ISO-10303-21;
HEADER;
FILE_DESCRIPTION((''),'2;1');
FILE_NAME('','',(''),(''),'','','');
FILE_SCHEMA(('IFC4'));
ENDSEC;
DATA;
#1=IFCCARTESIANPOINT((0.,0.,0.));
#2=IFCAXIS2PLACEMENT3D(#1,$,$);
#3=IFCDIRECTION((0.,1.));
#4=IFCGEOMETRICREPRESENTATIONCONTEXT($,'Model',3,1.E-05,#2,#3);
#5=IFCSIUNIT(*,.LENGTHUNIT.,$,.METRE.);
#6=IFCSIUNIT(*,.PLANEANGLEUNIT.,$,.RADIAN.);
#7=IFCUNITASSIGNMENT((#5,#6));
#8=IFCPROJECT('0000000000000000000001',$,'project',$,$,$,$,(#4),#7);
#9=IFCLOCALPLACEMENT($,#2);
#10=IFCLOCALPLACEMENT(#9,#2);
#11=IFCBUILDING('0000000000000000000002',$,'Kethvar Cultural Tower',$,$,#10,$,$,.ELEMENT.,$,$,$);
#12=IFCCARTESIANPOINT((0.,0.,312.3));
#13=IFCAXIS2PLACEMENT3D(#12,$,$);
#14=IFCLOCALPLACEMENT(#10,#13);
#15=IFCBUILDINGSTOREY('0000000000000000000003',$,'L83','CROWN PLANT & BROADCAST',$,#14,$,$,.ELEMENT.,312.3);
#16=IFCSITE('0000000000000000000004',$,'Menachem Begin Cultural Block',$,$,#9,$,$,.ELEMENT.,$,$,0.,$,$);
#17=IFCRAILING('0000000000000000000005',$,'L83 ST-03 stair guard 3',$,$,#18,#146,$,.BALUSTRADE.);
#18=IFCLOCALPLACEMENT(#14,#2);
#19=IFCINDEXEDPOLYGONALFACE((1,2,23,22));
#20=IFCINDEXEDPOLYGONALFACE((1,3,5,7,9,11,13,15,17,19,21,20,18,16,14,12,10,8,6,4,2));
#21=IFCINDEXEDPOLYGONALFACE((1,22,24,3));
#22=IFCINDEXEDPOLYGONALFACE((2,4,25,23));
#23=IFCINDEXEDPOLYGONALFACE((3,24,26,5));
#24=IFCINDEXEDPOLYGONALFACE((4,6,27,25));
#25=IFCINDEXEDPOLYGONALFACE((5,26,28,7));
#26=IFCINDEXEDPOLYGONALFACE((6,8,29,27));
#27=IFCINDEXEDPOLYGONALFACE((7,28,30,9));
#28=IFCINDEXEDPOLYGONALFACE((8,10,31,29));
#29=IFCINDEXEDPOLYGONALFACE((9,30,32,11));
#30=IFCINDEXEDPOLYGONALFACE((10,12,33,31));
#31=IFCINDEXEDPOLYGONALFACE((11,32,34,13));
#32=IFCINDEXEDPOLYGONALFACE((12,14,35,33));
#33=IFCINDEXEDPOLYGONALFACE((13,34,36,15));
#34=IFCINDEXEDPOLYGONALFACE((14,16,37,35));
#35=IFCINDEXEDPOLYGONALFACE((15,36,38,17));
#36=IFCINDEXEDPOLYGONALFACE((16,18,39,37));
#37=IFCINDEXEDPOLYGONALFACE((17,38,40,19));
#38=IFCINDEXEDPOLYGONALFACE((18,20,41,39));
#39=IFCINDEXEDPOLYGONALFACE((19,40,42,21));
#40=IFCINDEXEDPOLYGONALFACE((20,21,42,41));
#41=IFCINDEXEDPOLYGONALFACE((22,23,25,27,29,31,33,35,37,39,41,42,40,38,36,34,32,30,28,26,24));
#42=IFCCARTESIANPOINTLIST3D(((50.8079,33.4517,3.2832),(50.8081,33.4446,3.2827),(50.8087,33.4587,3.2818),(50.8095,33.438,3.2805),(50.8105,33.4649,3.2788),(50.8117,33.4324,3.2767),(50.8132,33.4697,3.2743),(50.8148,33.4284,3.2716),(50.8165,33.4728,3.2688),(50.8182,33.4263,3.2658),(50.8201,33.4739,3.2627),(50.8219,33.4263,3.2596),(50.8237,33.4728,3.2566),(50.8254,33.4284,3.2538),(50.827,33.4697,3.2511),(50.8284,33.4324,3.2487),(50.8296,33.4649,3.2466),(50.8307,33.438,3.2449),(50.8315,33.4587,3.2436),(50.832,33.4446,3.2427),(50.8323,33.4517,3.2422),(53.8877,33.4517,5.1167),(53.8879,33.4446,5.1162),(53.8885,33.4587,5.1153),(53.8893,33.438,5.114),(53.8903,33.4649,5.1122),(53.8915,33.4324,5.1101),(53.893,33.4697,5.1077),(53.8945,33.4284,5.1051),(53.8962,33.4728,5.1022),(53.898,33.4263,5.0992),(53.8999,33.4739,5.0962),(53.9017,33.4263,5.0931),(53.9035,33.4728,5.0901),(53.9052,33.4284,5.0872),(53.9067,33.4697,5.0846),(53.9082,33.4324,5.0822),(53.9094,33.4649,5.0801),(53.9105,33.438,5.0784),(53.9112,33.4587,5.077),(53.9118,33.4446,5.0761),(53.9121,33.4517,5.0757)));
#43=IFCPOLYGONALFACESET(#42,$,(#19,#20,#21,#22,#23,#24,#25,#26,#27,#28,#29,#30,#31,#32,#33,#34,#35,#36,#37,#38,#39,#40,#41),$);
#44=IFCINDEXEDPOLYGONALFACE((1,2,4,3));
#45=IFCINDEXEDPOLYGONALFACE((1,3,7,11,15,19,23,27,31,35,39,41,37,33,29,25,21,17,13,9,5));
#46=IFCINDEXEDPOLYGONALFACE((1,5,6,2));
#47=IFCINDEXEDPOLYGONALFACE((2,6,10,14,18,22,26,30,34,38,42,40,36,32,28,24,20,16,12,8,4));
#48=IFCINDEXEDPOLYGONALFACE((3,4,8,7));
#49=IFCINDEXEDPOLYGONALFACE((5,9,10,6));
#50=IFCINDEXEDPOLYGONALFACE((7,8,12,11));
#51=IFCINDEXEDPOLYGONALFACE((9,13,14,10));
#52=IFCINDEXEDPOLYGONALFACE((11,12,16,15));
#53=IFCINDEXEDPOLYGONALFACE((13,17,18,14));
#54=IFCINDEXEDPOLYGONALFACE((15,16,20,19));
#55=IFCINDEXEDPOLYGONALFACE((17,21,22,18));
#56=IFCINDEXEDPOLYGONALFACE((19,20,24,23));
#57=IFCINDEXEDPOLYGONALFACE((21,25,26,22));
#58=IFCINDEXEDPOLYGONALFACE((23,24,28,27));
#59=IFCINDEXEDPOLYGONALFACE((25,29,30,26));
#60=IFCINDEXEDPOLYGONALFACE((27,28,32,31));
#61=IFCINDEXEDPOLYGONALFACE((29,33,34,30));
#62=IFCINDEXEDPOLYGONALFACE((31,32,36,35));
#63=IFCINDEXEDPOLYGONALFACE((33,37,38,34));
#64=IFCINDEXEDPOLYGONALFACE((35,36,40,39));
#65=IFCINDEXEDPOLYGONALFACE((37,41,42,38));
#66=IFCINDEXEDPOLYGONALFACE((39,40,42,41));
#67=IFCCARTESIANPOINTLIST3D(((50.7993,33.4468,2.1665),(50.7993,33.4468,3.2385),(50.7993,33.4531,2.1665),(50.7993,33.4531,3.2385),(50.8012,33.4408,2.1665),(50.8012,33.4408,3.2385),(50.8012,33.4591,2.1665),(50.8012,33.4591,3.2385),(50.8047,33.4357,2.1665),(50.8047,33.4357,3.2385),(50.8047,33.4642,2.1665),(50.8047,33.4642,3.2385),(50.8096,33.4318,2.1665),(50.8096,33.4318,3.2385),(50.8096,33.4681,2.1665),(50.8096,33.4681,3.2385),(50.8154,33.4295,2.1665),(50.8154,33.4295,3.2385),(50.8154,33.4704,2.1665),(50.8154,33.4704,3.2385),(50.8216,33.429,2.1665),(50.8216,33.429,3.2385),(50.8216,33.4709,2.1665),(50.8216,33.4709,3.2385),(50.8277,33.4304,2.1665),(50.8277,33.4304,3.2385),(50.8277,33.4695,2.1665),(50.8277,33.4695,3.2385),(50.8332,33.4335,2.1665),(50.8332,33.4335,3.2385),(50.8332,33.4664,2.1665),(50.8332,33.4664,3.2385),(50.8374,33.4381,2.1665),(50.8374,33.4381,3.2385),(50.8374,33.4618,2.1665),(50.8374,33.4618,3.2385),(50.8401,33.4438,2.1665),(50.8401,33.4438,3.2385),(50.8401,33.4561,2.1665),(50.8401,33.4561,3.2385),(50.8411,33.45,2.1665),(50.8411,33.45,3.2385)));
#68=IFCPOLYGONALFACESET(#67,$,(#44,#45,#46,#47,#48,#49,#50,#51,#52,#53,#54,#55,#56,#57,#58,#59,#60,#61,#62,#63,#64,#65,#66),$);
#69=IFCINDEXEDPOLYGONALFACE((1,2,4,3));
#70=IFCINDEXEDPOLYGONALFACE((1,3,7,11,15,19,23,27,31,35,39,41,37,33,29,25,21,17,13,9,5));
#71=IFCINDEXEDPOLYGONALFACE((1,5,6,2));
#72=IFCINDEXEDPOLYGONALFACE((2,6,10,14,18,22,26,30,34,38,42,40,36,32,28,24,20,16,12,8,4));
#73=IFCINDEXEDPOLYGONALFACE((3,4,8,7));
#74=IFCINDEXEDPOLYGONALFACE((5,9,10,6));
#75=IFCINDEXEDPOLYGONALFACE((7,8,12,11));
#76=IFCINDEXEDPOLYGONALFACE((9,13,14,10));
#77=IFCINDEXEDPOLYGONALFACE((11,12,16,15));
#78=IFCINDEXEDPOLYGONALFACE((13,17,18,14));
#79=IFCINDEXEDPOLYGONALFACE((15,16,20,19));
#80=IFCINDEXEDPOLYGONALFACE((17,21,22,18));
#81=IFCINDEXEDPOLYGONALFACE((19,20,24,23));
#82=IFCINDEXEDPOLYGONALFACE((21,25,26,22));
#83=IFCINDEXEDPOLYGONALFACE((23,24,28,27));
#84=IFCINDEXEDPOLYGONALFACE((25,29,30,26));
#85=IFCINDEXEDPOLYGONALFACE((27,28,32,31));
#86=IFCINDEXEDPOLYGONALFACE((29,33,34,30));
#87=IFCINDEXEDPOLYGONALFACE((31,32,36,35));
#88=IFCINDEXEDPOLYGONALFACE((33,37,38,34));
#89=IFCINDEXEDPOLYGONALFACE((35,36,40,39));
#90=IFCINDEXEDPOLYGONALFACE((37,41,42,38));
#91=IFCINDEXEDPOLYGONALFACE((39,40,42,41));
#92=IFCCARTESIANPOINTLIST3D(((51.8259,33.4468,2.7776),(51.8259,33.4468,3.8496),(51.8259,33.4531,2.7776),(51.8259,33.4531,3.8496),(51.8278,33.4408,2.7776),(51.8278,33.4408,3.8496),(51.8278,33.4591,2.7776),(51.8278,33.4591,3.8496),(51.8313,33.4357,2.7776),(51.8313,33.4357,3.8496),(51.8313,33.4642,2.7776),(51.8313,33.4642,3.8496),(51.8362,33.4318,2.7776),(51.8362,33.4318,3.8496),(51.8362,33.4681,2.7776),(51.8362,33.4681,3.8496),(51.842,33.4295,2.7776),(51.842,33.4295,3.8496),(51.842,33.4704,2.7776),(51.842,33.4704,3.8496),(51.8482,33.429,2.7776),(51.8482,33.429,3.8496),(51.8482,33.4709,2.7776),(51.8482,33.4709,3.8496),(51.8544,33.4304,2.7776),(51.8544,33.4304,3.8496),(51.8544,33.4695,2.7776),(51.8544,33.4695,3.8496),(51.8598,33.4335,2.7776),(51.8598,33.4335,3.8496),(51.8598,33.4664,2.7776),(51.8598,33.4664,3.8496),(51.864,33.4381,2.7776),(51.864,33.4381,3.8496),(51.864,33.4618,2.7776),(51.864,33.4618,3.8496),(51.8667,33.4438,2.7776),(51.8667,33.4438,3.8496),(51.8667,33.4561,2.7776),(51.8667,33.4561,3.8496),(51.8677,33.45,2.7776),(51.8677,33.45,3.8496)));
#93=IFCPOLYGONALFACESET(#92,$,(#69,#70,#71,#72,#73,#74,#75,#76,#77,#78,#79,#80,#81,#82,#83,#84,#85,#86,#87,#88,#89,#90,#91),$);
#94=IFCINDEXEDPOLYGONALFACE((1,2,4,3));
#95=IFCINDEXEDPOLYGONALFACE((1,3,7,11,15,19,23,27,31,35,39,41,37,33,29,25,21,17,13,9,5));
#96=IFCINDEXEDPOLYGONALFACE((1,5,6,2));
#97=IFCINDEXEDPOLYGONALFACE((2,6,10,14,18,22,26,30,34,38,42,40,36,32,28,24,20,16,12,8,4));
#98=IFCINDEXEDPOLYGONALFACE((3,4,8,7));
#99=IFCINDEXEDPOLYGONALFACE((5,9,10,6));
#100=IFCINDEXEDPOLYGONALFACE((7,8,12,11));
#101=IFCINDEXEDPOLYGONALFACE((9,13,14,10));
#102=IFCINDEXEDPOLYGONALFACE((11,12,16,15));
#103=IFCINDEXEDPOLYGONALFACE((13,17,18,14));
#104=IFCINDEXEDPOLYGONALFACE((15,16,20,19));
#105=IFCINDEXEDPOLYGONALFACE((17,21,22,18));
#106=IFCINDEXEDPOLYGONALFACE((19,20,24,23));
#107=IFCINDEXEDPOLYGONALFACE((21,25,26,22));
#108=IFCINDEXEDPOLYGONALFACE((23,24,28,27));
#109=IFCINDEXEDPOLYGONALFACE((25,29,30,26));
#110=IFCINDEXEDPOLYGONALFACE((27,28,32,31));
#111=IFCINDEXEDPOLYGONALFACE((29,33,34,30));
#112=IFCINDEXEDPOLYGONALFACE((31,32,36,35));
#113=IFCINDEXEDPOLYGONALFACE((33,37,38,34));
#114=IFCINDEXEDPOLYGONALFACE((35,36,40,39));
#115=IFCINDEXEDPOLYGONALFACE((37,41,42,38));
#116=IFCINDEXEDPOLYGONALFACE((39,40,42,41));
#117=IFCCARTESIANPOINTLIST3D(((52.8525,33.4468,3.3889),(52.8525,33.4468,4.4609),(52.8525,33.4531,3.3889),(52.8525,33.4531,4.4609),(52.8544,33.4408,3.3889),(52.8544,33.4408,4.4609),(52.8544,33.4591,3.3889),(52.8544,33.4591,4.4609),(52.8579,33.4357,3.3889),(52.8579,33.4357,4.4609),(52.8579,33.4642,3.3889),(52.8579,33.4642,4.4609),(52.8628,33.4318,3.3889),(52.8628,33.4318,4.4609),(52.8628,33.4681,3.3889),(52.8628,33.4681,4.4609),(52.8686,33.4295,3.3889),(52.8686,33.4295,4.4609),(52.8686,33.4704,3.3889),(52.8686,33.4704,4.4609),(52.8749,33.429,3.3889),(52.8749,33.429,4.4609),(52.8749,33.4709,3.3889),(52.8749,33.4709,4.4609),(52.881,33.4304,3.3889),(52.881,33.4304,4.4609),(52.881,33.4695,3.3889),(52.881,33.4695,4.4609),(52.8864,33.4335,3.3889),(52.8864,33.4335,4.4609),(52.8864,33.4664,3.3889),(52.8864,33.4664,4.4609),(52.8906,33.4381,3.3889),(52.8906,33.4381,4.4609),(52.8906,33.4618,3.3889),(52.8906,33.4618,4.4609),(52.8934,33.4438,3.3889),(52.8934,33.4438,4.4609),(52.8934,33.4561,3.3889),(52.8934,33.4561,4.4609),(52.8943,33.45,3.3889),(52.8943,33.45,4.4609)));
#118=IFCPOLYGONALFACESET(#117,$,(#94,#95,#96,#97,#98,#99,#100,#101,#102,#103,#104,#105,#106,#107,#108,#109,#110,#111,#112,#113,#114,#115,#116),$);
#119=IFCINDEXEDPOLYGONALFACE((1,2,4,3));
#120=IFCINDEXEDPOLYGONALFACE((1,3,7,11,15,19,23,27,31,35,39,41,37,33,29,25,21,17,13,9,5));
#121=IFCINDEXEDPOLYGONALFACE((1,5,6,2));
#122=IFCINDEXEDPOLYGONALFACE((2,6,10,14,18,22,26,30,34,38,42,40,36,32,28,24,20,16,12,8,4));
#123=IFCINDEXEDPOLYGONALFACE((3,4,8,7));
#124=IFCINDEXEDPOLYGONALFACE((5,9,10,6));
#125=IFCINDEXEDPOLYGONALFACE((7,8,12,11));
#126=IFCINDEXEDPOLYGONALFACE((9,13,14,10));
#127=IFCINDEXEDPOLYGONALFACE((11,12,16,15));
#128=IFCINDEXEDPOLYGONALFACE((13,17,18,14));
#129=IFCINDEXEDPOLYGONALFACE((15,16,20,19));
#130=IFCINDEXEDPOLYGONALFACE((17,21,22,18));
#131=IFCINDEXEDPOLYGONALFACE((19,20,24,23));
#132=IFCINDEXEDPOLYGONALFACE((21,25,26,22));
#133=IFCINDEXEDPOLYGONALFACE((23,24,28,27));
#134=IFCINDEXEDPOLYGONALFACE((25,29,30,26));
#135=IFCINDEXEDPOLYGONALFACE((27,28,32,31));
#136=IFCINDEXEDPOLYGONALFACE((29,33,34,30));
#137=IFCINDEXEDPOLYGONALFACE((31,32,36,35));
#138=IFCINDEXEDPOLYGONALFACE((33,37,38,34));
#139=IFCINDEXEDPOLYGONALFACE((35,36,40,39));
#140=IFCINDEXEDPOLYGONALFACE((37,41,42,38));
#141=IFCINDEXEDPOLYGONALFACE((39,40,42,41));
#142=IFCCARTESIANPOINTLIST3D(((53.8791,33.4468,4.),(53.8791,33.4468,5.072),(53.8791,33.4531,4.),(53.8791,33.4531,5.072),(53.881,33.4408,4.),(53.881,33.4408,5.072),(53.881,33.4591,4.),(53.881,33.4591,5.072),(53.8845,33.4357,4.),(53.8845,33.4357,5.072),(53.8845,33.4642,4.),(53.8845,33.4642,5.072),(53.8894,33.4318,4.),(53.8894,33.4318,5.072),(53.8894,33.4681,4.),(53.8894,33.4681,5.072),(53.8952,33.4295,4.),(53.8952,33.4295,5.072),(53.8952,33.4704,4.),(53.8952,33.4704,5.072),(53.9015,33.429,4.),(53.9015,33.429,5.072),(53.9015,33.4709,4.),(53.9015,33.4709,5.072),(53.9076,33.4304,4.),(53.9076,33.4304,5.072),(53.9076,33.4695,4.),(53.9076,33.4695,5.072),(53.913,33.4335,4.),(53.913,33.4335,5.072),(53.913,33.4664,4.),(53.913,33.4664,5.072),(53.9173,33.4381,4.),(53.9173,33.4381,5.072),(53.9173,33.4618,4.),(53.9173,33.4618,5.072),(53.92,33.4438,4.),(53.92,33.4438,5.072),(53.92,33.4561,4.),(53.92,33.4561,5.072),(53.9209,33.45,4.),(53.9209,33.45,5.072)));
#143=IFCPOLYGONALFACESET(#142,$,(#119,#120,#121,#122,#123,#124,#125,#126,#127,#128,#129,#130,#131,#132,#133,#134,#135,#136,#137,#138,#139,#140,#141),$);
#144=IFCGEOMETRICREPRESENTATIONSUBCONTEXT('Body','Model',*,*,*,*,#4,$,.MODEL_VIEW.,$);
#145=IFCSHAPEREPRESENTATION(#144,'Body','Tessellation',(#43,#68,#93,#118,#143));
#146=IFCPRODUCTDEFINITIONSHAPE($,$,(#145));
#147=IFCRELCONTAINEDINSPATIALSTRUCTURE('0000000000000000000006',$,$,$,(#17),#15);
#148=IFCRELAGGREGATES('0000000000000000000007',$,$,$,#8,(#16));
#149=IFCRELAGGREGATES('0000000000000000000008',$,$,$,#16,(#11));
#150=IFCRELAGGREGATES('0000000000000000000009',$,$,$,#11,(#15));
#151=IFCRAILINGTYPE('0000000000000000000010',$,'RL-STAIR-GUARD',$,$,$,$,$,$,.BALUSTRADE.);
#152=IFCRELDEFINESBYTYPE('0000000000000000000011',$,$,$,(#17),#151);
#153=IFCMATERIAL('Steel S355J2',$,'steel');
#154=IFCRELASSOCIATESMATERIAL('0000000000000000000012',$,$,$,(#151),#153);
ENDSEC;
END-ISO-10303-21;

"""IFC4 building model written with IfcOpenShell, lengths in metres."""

from ifc_helpers import new_model, si_unit, direction, frame, origin, origin_2d, place, context, subcontext, project, spatial, circle, extrude, material, type_object, element, save


model = new_model("IFC4")

# Units and contexts
model_context = context("Model", 3, precision=1e-05, world=origin(), true_north=direction((0.0, 1.0)))
body_context = subcontext(model_context, "Body", "Model", "MODEL_VIEW")
ifc_project = project(units=[si_unit("LENGTHUNIT", "METRE"), si_unit("PLANEANGLEUNIT", "RADIAN")], contexts=[model_context])

# Site, building, storey
site_placement = place(None, origin())
site = spatial("IfcSite", under=ifc_project, at=site_placement, Name="Menachem Begin Cultural Block", CompositionType="ELEMENT", RefElevation=0.0)
building_placement = place(site_placement, origin())
building = spatial("IfcBuilding", under=site, at=building_placement, Name="Kethvar Cultural Tower", CompositionType="ELEMENT")
storey_placement = place(building_placement, frame((0.0, 0.0, 312.3)))
storey = spatial("IfcBuildingStorey", under=building, at=storey_placement, Name="L83", Description="CROWN PLANT & BROADCAST", CompositionType="ELEMENT", Elevation=312.3)

# Shared definitions
ifc_material_1 = material(Name="Steel S355J2", Category="steel")

# Railing
railing_type_1 = type_object("IfcRailingType", Name="RL-STAIR-GUARD", PredefinedType="BALUSTRADE", material=ifc_material_1)
railing_1_placement = place(storey_placement, frame((50.8201, 33.45, 2.1665)))
element("IfcRailing", 1, at=railing_1_placement, inside=storey, type_object=railing_type_1, Name="L83 ST-03 stair guard 3", PredefinedType="BALUSTRADE", context=body_context, shape_type="SweptSolid", body=[
    extrude(circle(Radius=0.0239, at=origin_2d()), frame((0.0, 0.0, 1.0962), z_axis=(0.859261, 0.0, 0.511538), x_axis=(0.0, 1.0, 0.0)), (0.0, 0.0, 1.0), 3.5842),
    extrude(circle(Radius=0.021, at=origin_2d()), origin(), (0.0, 0.0, 1.0), 1.072),
    extrude(circle(Radius=0.021, at=origin_2d()), frame((1.0266, 0.0, 0.6111)), (0.0, 0.0, 1.0), 1.072),
    extrude(circle(Radius=0.021, at=origin_2d()), frame((2.0532, 0.0, 1.2224)), (0.0, 0.0, 1.0), 1.072),
    extrude(circle(Radius=0.021, at=origin_2d()), frame((3.0798, 0.0, 1.8335)), (0.0, 0.0, 1.0), 1.072),
])

save(model, "model.ifc")
